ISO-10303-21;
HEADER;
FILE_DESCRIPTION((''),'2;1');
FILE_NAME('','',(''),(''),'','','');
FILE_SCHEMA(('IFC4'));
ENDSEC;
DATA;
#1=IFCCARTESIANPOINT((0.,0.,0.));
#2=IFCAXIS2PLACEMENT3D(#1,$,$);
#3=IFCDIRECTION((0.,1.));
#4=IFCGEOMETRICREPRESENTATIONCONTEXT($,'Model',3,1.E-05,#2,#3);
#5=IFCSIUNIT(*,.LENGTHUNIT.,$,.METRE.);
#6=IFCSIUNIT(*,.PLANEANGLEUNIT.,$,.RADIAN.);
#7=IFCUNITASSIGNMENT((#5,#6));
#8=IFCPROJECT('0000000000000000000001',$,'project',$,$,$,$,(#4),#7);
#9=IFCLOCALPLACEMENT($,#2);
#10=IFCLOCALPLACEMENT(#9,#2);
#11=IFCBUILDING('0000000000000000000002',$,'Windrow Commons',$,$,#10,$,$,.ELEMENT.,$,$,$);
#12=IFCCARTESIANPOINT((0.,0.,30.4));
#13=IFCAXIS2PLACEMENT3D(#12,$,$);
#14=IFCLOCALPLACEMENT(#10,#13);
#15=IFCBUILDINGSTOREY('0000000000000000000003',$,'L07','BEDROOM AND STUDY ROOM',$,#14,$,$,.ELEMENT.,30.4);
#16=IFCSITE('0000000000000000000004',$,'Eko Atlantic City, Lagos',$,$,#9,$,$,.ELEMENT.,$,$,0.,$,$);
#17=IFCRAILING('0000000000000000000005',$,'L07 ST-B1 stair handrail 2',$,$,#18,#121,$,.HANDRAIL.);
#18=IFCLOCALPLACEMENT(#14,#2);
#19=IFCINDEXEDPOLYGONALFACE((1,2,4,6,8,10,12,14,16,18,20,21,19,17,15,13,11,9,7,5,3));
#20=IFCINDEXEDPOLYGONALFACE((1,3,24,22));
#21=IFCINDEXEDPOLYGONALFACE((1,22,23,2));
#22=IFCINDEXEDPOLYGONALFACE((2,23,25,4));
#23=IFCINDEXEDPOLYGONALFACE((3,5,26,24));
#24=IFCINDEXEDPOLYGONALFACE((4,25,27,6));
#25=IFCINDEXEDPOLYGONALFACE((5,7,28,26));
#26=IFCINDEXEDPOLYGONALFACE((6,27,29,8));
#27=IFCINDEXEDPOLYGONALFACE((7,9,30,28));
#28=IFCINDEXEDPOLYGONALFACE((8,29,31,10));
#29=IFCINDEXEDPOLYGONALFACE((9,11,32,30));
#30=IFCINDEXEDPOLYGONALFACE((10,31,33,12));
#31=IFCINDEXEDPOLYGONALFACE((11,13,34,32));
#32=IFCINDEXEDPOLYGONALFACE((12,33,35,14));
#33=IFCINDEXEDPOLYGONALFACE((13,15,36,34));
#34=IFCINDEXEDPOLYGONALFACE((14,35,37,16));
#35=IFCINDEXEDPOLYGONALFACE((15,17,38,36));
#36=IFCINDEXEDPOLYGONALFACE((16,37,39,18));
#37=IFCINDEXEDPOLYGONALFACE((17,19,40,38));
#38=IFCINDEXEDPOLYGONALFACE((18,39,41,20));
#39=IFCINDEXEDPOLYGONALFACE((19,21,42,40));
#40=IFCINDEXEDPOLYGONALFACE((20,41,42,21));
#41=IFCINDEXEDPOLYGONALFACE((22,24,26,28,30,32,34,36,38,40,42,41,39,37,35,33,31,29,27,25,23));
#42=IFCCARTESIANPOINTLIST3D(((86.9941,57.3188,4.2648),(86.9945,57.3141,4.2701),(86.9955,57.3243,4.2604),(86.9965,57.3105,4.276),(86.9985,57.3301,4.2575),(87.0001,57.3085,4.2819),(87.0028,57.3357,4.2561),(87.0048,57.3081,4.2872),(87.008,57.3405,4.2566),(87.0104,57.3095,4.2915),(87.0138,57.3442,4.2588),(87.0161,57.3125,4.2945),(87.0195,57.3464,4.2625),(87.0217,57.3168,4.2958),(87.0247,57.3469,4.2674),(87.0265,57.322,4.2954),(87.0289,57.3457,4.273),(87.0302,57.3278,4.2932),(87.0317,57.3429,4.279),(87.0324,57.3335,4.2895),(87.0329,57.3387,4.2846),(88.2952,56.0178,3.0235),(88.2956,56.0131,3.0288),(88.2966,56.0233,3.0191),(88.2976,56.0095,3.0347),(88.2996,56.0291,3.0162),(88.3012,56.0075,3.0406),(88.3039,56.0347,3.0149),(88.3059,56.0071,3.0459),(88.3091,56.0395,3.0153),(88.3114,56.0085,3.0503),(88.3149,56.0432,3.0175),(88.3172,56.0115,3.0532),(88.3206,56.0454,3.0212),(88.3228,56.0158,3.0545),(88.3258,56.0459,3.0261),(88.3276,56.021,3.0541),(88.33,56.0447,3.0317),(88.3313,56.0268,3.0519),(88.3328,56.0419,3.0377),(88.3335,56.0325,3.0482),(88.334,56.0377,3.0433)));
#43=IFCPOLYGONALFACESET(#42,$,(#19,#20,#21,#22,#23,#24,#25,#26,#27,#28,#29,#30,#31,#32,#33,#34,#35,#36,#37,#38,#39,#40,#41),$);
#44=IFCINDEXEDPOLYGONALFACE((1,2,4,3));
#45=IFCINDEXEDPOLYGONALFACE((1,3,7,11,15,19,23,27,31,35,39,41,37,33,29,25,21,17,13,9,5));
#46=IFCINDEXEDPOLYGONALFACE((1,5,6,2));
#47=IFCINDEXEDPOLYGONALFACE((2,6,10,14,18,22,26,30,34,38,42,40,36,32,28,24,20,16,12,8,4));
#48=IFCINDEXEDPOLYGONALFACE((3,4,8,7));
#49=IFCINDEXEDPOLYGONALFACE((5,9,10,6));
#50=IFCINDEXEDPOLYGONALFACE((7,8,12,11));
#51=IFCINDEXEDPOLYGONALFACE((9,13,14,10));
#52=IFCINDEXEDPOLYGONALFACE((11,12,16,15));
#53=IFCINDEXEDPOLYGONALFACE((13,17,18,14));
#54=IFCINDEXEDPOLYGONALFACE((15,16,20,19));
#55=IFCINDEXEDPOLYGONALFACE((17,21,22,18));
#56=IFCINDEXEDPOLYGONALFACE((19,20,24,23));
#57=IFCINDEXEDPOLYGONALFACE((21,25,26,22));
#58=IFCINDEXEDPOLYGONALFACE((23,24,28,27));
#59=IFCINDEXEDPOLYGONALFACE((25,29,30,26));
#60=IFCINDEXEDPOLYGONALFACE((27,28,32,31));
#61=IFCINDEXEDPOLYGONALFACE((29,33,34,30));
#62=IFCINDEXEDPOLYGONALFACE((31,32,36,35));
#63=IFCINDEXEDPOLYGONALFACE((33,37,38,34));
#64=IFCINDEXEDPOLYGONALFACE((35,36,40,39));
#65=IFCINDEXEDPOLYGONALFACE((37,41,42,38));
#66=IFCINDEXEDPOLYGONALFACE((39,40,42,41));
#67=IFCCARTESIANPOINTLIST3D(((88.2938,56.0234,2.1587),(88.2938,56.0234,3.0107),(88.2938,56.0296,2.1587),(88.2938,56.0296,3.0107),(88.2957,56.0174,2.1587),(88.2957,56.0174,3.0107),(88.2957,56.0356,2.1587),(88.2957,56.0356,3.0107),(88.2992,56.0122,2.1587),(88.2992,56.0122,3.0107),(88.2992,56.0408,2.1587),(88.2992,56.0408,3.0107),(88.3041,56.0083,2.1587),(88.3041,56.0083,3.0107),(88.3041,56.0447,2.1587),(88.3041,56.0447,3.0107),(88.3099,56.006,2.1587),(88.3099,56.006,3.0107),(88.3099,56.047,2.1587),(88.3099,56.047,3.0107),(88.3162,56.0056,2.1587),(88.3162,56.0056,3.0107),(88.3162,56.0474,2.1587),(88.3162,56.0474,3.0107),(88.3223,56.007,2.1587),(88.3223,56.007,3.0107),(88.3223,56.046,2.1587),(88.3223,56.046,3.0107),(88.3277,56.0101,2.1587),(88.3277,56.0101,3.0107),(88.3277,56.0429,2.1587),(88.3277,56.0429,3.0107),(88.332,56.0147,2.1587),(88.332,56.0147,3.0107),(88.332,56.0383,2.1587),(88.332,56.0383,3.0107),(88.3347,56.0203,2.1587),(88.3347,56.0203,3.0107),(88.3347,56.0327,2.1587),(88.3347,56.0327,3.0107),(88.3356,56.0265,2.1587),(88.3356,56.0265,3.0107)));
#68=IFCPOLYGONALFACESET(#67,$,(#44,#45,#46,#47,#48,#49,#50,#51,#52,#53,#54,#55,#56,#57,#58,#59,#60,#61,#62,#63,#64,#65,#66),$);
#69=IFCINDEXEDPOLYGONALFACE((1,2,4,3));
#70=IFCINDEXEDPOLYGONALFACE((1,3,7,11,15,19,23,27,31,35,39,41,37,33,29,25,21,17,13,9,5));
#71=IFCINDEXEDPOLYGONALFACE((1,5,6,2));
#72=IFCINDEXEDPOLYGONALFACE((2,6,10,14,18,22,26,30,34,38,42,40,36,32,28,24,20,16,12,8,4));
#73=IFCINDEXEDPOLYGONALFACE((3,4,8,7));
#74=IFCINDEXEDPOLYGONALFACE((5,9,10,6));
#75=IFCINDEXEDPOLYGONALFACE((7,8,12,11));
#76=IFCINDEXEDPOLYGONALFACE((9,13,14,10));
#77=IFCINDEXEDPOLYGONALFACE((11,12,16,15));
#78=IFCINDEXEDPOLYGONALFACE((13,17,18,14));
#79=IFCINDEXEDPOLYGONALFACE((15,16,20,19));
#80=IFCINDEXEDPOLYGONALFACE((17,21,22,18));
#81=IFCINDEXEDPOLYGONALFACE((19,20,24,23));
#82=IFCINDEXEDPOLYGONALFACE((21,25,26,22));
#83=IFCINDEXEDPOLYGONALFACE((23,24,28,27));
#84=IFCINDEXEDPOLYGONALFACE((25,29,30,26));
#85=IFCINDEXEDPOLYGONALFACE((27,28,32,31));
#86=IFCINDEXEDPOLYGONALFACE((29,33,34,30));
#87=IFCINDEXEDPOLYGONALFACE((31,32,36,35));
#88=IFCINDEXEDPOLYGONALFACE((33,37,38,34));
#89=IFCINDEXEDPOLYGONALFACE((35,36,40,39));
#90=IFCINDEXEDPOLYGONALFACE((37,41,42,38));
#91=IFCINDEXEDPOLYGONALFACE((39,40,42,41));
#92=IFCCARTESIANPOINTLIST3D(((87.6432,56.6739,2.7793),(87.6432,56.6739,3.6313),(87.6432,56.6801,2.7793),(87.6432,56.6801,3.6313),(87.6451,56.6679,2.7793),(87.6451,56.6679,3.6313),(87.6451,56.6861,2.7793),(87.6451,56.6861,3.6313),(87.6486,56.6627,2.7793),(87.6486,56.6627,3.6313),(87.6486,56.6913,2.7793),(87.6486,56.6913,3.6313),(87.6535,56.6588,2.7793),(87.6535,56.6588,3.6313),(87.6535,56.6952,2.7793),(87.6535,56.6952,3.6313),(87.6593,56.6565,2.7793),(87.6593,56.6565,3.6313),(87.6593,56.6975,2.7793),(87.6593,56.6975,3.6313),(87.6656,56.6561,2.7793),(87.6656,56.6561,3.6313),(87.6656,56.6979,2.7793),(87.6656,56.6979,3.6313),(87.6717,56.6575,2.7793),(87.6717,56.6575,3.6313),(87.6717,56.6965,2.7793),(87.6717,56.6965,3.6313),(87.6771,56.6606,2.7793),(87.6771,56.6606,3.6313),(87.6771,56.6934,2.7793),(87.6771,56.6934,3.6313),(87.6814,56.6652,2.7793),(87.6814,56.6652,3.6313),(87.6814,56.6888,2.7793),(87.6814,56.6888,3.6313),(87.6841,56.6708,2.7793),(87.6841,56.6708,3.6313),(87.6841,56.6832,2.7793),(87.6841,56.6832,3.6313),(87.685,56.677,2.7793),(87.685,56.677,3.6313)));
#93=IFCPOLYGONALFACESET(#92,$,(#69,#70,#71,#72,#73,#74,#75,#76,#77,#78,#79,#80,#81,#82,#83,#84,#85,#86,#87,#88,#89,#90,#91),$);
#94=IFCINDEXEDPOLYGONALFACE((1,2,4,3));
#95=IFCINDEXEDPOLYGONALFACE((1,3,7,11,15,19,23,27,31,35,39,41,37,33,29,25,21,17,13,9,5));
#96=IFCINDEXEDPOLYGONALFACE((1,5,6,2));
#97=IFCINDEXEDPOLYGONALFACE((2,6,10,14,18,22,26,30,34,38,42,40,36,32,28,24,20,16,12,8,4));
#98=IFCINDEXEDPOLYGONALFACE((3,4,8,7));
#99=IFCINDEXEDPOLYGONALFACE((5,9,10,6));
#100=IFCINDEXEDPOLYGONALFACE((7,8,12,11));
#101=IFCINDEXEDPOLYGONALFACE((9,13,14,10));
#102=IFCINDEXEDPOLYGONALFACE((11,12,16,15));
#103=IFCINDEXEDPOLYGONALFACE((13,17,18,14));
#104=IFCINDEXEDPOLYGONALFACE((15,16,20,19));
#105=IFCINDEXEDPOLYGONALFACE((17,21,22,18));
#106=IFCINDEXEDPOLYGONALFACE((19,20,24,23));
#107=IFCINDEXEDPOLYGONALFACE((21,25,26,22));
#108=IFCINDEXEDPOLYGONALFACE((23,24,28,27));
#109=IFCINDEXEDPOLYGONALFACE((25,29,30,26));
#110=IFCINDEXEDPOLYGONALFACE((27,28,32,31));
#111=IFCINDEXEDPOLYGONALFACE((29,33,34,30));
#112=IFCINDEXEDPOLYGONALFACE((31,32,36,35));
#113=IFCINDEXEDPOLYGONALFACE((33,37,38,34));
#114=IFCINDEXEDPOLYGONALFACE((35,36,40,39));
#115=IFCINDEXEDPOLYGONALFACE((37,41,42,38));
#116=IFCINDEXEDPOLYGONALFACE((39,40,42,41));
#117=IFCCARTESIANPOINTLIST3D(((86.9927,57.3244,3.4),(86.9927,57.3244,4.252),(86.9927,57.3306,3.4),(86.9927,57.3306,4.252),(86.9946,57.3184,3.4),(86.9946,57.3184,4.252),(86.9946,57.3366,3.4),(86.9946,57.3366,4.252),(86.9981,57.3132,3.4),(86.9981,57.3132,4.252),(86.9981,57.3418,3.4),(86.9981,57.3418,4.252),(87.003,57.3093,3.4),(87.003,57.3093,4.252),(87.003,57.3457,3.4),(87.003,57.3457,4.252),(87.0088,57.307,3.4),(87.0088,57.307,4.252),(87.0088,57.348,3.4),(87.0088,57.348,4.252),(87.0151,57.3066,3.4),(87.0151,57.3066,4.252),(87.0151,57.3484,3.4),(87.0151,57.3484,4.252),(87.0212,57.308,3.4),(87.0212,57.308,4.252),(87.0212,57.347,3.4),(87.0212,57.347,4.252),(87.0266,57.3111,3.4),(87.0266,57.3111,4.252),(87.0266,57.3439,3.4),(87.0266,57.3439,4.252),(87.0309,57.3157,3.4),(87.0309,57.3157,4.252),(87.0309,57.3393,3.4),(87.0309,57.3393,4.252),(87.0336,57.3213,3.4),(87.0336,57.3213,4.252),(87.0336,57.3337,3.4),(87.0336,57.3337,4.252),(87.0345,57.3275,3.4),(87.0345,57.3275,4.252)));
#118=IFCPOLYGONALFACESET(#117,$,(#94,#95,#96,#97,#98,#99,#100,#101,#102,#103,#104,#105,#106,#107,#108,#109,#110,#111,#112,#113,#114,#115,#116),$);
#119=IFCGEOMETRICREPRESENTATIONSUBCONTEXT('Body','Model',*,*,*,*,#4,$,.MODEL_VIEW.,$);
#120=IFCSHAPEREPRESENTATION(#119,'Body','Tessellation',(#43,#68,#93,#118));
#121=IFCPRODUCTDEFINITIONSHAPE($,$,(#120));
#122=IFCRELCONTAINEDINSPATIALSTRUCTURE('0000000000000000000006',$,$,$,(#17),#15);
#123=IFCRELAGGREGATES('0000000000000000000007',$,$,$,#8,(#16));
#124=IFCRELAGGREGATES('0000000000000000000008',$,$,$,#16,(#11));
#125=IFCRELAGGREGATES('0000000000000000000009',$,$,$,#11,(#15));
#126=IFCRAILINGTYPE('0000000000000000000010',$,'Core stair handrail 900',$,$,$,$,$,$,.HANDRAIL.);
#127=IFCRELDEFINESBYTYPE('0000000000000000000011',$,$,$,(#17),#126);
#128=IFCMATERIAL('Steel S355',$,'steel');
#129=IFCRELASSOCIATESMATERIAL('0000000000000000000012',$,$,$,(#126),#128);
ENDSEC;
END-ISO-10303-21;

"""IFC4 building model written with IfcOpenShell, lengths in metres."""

from ifc_helpers import new_model, si_unit, direction, frame, origin, origin_2d, place, context, subcontext, project, spatial, circle, extrude, material, type_object, element, save


model = new_model("IFC4")

# Units and contexts
model_context = context("Model", 3, precision=1e-05, world=origin(), true_north=direction((0.0, 1.0)))
body_context = subcontext(model_context, "Body", "Model", "MODEL_VIEW")
ifc_project = project(units=[si_unit("LENGTHUNIT", "METRE"), si_unit("PLANEANGLEUNIT", "RADIAN")], contexts=[model_context])

# Site, building, storey
site_placement = place(None, origin())
site = spatial("IfcSite", under=ifc_project, at=site_placement, Name="Eko Atlantic City, Lagos", CompositionType="ELEMENT", RefElevation=0.0)
building_placement = place(site_placement, origin())
building = spatial("IfcBuilding", under=site, at=building_placement, Name="Windrow Commons", CompositionType="ELEMENT")
storey_placement = place(building_placement, frame((0.0, 0.0, 30.4)))
storey = spatial("IfcBuildingStorey", under=building, at=storey_placement, Name="L07", Description="BEDROOM AND STUDY ROOM", CompositionType="ELEMENT", Elevation=30.4)

# Railing
ifc_material_1 = material(Name="Steel S355", Category="steel")
railing_type_1 = type_object("IfcRailingType", Name="Core stair handrail 900", PredefinedType="HANDRAIL", material=ifc_material_1)
railing_1_placement = place(storey_placement, frame((88.3146, 56.0265, 2.1587)))
element("IfcRailing", 1, at=railing_1_placement, inside=storey, type_object=railing_type_1, Name="L07 ST-B1 stair handrail 2", PredefinedType="HANDRAIL", context=body_context, shape_type="SweptSolid", body=[
    extrude(circle(Radius=0.024, at=origin_2d()), frame((0.0, 0.0, 0.876), z_axis=(-0.586207, 0.586162, 0.559264), x_axis=(-0.70708, -0.707134, 0.0)), (0.0, 0.0, 1.0), 2.2195),
    extrude(circle(Radius=0.021, at=origin_2d()), origin(), (0.0, 0.0, 1.0), 0.852),
    extrude(circle(Radius=0.021, at=origin_2d()), frame((-0.6506, 0.6505, 0.6206)), (0.0, 0.0, 1.0), 0.852),
    extrude(circle(Radius=0.021, at=origin_2d()), frame((-1.3011, 1.301, 1.2413)), (0.0, 0.0, 1.0), 0.852),
])

save(model, "model.ifc")
